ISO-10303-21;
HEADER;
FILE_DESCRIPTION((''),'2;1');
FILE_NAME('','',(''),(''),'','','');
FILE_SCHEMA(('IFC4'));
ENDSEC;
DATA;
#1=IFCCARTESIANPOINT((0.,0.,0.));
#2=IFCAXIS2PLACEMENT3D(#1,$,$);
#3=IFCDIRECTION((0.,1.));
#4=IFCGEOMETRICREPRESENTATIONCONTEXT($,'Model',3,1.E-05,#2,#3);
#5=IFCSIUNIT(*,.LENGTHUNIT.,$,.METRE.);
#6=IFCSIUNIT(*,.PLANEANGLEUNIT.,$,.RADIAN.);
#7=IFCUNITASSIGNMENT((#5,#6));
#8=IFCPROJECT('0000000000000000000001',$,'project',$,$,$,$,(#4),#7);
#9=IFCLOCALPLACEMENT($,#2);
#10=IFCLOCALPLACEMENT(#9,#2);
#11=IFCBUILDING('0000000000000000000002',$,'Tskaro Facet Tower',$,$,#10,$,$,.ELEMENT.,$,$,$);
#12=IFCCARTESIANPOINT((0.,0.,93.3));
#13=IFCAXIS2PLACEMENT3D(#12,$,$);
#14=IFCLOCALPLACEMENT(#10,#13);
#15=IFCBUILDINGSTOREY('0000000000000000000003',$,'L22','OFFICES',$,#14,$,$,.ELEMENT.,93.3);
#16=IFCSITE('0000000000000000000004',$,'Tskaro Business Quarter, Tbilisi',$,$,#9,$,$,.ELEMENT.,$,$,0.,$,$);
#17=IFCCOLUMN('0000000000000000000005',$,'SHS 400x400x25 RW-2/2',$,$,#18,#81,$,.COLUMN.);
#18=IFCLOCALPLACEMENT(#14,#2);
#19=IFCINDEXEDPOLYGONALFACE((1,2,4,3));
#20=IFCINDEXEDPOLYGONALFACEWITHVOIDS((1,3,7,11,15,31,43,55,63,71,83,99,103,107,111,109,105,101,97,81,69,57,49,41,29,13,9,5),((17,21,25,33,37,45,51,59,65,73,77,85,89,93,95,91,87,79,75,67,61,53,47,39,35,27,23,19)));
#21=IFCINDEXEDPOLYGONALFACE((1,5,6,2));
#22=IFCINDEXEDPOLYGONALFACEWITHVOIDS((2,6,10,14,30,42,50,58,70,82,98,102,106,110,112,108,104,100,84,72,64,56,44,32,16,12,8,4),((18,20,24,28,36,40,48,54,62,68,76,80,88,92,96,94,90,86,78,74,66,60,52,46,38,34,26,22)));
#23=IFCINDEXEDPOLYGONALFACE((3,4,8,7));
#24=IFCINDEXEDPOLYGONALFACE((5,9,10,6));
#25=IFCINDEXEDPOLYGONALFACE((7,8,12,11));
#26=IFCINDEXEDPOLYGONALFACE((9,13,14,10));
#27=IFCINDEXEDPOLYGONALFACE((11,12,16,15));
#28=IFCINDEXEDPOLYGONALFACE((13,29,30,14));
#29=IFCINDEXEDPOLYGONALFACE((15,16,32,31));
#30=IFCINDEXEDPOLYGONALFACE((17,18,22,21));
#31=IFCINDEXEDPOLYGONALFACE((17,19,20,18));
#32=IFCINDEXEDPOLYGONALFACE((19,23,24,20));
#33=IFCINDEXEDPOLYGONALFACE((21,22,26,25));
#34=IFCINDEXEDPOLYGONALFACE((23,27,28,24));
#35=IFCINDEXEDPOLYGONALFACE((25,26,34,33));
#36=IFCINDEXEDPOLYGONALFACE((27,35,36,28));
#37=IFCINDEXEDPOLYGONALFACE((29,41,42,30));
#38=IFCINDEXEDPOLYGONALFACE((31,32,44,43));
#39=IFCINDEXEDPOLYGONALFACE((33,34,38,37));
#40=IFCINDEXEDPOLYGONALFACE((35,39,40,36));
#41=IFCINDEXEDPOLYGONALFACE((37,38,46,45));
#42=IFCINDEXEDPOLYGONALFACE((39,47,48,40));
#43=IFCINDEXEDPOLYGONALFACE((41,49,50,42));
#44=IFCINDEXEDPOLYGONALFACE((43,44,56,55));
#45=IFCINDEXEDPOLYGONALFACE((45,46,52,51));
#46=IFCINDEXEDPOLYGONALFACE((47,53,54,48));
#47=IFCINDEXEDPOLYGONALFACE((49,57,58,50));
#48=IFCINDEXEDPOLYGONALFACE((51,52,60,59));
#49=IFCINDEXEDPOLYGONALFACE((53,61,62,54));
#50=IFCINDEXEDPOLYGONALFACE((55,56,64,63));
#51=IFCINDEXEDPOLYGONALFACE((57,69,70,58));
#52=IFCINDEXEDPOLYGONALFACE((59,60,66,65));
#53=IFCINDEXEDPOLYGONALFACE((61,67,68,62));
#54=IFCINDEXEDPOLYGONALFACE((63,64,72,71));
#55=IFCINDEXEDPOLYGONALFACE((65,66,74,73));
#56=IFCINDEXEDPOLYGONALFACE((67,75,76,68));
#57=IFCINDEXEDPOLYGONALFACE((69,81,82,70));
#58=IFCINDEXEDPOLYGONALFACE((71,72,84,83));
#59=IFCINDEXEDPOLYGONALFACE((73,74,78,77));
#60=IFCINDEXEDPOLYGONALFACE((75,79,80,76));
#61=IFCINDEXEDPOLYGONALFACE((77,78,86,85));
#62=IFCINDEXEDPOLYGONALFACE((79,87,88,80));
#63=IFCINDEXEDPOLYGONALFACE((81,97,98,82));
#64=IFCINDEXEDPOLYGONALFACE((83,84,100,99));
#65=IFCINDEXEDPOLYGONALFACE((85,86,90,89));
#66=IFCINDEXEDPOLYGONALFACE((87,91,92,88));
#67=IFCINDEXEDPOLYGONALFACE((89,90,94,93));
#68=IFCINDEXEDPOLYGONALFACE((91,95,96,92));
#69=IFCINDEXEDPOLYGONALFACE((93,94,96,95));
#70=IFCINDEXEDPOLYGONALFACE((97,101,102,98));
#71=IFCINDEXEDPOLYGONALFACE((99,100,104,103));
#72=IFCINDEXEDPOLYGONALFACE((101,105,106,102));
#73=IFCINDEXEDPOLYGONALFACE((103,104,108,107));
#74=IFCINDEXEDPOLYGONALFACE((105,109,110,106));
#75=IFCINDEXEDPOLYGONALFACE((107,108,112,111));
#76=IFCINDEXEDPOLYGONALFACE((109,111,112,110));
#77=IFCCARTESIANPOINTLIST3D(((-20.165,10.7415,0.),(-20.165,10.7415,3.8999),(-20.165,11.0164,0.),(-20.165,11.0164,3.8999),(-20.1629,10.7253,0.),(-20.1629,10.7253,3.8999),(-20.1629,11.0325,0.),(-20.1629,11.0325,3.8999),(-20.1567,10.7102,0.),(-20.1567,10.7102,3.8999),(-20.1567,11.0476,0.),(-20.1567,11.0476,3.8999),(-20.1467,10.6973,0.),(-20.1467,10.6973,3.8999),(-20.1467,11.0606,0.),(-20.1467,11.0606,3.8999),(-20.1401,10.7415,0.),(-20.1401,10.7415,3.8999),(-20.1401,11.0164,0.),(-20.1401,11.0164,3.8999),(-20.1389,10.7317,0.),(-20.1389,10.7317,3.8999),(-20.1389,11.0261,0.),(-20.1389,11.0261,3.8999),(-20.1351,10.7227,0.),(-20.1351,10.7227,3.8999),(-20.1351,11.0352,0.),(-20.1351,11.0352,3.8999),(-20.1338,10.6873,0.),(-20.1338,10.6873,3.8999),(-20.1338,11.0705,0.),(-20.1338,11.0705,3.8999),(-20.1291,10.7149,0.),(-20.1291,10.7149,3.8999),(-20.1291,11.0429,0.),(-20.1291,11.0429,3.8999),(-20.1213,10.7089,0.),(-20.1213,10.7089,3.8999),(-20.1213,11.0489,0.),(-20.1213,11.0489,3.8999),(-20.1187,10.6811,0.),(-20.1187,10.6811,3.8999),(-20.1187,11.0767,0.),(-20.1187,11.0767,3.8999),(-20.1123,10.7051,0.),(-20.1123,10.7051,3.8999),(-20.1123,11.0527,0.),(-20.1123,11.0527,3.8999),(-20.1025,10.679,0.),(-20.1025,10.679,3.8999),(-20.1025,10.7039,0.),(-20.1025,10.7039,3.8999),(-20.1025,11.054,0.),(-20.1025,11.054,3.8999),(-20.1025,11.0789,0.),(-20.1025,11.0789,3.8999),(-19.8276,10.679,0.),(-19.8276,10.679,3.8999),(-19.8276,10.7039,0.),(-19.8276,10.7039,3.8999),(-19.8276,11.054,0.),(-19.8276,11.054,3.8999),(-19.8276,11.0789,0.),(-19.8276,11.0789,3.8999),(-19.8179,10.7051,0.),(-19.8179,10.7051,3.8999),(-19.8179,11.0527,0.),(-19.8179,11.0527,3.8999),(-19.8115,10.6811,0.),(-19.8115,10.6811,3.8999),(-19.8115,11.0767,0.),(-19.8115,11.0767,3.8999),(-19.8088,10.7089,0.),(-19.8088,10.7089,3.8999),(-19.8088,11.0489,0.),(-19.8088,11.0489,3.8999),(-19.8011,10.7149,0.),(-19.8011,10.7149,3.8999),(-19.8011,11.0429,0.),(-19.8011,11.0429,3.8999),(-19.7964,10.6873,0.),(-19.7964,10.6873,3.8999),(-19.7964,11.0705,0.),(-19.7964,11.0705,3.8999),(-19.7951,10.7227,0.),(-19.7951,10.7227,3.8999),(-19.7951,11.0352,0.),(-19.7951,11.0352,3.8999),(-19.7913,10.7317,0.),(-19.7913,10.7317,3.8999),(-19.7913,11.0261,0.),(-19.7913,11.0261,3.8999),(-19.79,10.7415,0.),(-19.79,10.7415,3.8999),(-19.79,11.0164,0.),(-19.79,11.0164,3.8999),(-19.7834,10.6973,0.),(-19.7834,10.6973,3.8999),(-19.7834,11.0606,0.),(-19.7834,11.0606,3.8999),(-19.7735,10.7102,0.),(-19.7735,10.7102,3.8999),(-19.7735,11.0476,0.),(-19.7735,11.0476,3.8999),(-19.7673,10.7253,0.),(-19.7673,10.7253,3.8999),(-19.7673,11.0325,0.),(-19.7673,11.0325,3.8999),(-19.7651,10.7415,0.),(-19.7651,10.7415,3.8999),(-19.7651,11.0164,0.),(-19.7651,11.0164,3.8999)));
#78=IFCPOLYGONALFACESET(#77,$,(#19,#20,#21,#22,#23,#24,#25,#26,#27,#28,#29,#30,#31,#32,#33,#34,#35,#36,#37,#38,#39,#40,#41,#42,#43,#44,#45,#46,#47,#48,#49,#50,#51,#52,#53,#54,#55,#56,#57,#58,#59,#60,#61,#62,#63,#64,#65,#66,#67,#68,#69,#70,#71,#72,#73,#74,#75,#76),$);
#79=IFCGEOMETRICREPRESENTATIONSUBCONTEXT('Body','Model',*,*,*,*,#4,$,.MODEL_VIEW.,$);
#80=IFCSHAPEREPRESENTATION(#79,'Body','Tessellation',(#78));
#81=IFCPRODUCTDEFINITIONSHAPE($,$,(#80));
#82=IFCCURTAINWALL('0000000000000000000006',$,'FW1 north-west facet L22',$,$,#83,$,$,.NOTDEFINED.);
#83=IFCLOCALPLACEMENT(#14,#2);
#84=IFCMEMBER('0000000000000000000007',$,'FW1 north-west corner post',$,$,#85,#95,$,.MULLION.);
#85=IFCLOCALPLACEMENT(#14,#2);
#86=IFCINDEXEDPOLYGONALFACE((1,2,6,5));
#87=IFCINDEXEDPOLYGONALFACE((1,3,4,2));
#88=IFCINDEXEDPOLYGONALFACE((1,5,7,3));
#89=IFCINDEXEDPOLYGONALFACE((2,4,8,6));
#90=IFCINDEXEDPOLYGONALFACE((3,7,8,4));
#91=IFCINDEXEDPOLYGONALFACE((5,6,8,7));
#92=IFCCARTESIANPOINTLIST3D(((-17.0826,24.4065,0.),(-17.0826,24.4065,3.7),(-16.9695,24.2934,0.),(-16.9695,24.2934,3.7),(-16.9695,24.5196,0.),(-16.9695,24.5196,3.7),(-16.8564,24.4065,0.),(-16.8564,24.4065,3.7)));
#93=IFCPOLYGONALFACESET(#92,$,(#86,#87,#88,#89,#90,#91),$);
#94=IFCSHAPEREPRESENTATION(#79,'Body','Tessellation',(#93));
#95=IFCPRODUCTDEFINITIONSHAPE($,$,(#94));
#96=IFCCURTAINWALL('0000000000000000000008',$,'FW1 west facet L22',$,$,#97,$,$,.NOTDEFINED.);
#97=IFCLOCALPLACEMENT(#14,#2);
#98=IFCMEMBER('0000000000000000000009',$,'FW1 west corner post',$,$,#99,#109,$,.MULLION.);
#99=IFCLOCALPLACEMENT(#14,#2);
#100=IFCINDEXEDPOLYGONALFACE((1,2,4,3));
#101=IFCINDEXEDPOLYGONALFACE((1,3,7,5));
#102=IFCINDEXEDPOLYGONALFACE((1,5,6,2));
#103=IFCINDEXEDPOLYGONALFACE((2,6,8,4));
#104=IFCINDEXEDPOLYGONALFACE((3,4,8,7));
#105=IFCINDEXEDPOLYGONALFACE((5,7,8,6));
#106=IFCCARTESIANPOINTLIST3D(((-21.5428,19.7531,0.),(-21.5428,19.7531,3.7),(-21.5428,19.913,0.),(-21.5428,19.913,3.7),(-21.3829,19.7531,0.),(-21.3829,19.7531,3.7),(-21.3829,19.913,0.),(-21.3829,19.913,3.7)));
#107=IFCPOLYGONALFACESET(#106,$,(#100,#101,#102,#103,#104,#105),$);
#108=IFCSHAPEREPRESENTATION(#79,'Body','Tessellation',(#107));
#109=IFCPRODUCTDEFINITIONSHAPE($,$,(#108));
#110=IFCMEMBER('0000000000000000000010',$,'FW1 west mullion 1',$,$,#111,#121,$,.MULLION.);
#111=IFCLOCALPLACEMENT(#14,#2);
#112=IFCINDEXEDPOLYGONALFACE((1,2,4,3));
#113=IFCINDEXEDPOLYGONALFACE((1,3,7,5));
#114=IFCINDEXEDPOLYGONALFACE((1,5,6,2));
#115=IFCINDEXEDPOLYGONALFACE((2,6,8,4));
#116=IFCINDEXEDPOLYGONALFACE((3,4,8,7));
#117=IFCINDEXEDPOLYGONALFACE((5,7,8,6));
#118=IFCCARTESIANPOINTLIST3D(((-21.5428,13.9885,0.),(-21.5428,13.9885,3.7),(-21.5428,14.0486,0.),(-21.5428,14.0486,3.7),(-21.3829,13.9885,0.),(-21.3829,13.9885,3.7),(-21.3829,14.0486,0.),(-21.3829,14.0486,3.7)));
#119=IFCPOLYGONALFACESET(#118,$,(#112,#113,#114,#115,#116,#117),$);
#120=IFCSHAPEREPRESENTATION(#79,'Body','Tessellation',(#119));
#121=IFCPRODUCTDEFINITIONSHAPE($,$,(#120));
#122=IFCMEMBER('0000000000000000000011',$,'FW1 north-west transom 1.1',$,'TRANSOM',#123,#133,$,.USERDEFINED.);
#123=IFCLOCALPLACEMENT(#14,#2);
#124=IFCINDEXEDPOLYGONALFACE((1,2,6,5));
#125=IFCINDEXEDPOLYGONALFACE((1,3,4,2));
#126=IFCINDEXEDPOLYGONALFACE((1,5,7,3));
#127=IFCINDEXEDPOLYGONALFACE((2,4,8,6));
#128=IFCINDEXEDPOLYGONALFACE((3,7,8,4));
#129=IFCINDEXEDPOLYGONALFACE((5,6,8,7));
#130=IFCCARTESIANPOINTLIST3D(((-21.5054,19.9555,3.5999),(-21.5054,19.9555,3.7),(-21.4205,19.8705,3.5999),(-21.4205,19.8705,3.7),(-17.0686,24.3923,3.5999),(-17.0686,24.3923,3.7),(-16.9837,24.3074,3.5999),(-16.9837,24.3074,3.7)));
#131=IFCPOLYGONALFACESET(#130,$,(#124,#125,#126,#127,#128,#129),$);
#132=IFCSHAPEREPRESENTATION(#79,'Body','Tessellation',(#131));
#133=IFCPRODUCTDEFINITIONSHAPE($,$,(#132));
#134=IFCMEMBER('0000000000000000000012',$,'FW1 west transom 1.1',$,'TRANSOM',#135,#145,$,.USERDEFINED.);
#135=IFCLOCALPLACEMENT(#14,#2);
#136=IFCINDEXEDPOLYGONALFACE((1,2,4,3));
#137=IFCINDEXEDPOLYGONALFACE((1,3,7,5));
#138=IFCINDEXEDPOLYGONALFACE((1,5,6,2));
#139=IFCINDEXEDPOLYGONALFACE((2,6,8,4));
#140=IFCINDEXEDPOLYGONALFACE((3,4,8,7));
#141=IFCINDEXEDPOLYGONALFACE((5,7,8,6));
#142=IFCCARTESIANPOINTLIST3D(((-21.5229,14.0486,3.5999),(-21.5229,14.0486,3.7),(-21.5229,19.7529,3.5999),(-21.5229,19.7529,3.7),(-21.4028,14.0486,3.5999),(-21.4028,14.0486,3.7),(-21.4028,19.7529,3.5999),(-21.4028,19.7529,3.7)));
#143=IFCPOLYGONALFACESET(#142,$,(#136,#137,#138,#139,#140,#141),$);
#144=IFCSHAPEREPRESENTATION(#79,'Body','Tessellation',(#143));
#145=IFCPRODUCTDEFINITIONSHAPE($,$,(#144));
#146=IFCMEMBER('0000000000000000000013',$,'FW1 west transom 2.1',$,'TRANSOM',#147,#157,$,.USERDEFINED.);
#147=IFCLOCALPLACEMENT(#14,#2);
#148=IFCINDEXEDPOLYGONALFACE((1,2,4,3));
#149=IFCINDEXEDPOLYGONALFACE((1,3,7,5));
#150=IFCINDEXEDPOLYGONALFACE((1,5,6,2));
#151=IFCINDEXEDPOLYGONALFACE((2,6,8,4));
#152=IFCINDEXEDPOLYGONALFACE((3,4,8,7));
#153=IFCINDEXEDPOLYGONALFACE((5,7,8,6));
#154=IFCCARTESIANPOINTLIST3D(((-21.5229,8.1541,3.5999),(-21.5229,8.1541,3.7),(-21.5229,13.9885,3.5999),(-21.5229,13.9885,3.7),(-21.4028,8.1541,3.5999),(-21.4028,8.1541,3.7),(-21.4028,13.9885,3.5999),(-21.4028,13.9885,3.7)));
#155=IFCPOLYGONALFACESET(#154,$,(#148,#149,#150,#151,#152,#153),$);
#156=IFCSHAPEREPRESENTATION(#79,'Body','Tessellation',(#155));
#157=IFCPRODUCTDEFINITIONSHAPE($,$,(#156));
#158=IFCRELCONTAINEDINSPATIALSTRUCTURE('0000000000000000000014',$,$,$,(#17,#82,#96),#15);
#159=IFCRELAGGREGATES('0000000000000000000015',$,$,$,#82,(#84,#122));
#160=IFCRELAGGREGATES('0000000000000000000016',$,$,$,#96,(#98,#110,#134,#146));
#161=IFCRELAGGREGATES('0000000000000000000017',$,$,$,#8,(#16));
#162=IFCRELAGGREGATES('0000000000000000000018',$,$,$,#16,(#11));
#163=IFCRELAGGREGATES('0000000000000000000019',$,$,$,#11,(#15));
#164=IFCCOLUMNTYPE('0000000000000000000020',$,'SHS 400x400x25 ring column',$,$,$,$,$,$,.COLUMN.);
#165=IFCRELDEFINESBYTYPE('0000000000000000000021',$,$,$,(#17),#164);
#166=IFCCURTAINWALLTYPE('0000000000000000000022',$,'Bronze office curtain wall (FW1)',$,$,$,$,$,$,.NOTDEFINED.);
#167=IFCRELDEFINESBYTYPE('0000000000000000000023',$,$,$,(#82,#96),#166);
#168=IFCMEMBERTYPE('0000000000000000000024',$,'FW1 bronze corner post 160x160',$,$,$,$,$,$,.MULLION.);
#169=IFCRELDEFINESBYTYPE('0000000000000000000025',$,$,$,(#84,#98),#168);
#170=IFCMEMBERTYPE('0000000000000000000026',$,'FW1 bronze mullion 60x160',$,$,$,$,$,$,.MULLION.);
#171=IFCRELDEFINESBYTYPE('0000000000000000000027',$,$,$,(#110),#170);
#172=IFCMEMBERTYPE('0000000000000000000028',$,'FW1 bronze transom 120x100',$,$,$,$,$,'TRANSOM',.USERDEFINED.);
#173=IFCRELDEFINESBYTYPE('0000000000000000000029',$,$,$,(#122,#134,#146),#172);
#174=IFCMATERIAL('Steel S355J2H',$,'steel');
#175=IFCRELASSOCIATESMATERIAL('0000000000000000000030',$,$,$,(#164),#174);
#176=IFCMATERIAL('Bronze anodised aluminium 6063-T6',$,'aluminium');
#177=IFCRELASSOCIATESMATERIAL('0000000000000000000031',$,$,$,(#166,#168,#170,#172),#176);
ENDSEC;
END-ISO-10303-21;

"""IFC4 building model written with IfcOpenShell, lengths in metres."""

from ifc_helpers import new_model, si_unit, direction, frame, origin, origin_2d, place, context, subcontext, project, spatial, rectangle, hollow_rectangle, extrude, material, material_profile, profile_set, type_object, element, aggregate, save


model = new_model("IFC4")

# Units and contexts
model_context = context("Model", 3, precision=1e-05, world=origin(), true_north=direction((0.0, 1.0)))
body_context = subcontext(model_context, "Body", "Model", "MODEL_VIEW")
ifc_project = project(units=[si_unit("LENGTHUNIT", "METRE"), si_unit("PLANEANGLEUNIT", "RADIAN")], contexts=[model_context])

# Site, building, storey
site_placement = place(None, origin())
site = spatial("IfcSite", under=ifc_project, at=site_placement, Name="Tskaro Business Quarter, Tbilisi", CompositionType="ELEMENT", RefElevation=0.0)
building_placement = place(site_placement, origin())
building = spatial("IfcBuilding", under=site, at=building_placement, Name="Tskaro Facet Tower", CompositionType="ELEMENT")
storey_placement = place(building_placement, frame((0.0, 0.0, 93.3)))
storey = spatial("IfcBuildingStorey", under=building, at=storey_placement, Name="L22", Description="OFFICES", CompositionType="ELEMENT", Elevation=93.3)

# Column
ifc_material_1 = material(Name="Steel S355J2H", Category="steel")
ifc_material_profile_1 = material_profile(ifc_material_1, hollow_rectangle(XDim=0.3999, YDim=0.3999, WallThickness=0.0249, InnerFilletRadius=0.0376, OuterFilletRadius=0.0625, at=origin_2d()), Name="SHS 400x400x25")
ifc_profile_set_1 = profile_set([ifc_material_profile_1], Name="Steel S355J2H")
column_type_1 = type_object("IfcColumnType", Name="SHS 400x400x25 ring column", PredefinedType="COLUMN", material=ifc_profile_set_1)
for number, where, z_axis, x_axis, name in (
    (1, (-19.9651, 10.8789, 0.0), (0.0, 0.0, 1.0), (1.0, 0.0, 0.0), "SHS 400x400x25 RW-2/2"),
):
    element("IfcColumn", number, at=place(storey_placement, frame(where, z_axis=z_axis, x_axis=x_axis)), inside=storey, type_object=column_type_1, Name=name, PredefinedType="COLUMN", context=body_context, shape_type="SweptSolid", body=[
        extrude(hollow_rectangle(XDim=0.3999, YDim=0.3999, WallThickness=0.0249, InnerFilletRadius=0.0376, OuterFilletRadius=0.0625, at=origin_2d()), origin(), (0.0, 0.0, 1.0), 3.8999),
    ])

# Curtain wall, member
ifc_material_2 = material(Name="Bronze anodised aluminium 6063-T6", Category="aluminium")
curtain_wall_type = type_object("IfcCurtainWallType", Name="Bronze office curtain wall (FW1)", PredefinedType="NOTDEFINED", material=ifc_material_2)
curtain_wall_1_placement = place(storey_placement, origin())
curtain_wall_1 = element("IfcCurtainWall", 2, at=curtain_wall_1_placement, inside=storey, type_object=curtain_wall_type, Name="FW1 north-west facet L22", PredefinedType="NOTDEFINED")
ifc_material_profile_2 = material_profile(ifc_material_2, rectangle(XDim=0.1599, YDim=0.1599, at=origin_2d()), Name="Corner post 160x160")
ifc_profile_set_2 = profile_set([ifc_material_profile_2], Name="Bronze anodised aluminium 6063-T6")
member_type_1 = type_object("IfcMemberType", Name="FW1 bronze corner post 160x160", PredefinedType="MULLION", material=ifc_profile_set_2)
member_1_placement = place(storey_placement, frame((-16.9695, 24.4065, 0.0), z_axis=(0.0, 0.0, 1.0), x_axis=(-0.707107, -0.707107, 0.0)))
member_1 = element("IfcMember", 3, at=member_1_placement, type_object=member_type_1, Name="FW1 north-west corner post", PredefinedType="MULLION", context=body_context, shape_type="SweptSolid", body=[
    extrude(rectangle(XDim=0.1599, YDim=0.1599, at=origin_2d()), origin(), (0.0, 0.0, 1.0), 3.7),
])

# Curtain wall, members
curtain_wall_2_placement = place(storey_placement, origin())
curtain_wall_2 = element("IfcCurtainWall", 4, at=curtain_wall_2_placement, inside=storey, type_object=curtain_wall_type, Name="FW1 west facet L22", PredefinedType="NOTDEFINED")
member_2_placement = place(storey_placement, frame((-21.4629, 19.833, 0.0), z_axis=(0.0, 0.0, 1.0), x_axis=(0.0, -1.0, 0.0)))
member_2 = element("IfcMember", 5, at=member_2_placement, type_object=member_type_1, Name="FW1 west corner post", PredefinedType="MULLION", context=body_context, shape_type="SweptSolid", body=[
    extrude(rectangle(XDim=0.1599, YDim=0.1599, at=origin_2d()), origin(), (0.0, 0.0, 1.0), 3.7),
])
ifc_material_profile_3 = material_profile(ifc_material_2, rectangle(XDim=0.0601, YDim=0.1599, at=origin_2d()), Name="Mullion 60x160")
ifc_profile_set_3 = profile_set([ifc_material_profile_3], Name="Bronze anodised aluminium 6063-T6")
member_type_2 = type_object("IfcMemberType", Name="FW1 bronze mullion 60x160", PredefinedType="MULLION", material=ifc_profile_set_3)
member_3_placement = place(storey_placement, frame((-21.4629, 14.0186, 0.0), z_axis=(0.0, 0.0, 1.0), x_axis=(0.0, -1.0, 0.0)))
member_3 = element("IfcMember", 6, at=member_3_placement, type_object=member_type_2, Name="FW1 west mullion 1", PredefinedType="MULLION", context=body_context, shape_type="SweptSolid", body=[
    extrude(rectangle(XDim=0.0601, YDim=0.1599, at=origin_2d()), origin(), (0.0, 0.0, 1.0), 3.7),
])

# Members
ifc_material_profile_4 = material_profile(ifc_material_2, rectangle(XDim=0.1201, YDim=0.1001, at=origin_2d()), Name="Transom 120x100")
ifc_profile_set_4 = profile_set([ifc_material_profile_4], Name="Bronze anodised aluminium 6063-T6")
member_type_3 = type_object("IfcMemberType", Name="FW1 bronze transom 120x100", ElementType="TRANSOM", PredefinedType="USERDEFINED", material=ifc_profile_set_4)
member_4_placement = place(storey_placement, frame((-17.0261, 24.3499, 3.6499), z_axis=(-0.707107, -0.707107, 0.0), x_axis=(0.707107, -0.707107, 0.0)))
member_4 = element("IfcMember", 7, at=member_4_placement, type_object=member_type_3, Name="FW1 north-west transom 1.1", ObjectType="TRANSOM", PredefinedType="USERDEFINED", context=body_context, shape_type="SweptSolid", body=[
    extrude(rectangle(XDim=0.1201, YDim=0.1001, at=origin_2d()), origin(), (0.0, 0.0, 1.0), 6.2747),
])
member_5_placement = place(storey_placement, frame((-21.4629, 19.7529, 3.6499), z_axis=(0.0, -1.0, 0.0), x_axis=(1.0, 0.0, 0.0)))
member_5 = element("IfcMember", 8, at=member_5_placement, type_object=member_type_3, Name="FW1 west transom 1.1", ObjectType="TRANSOM", PredefinedType="USERDEFINED", context=body_context, shape_type="SweptSolid", body=[
    extrude(rectangle(XDim=0.1201, YDim=0.1001, at=origin_2d()), origin(), (0.0, 0.0, 1.0), 5.7043),
])
member_6_placement = place(storey_placement, frame((-21.4629, 13.9885, 3.6499), z_axis=(0.0, -1.0, 0.0), x_axis=(1.0, 0.0, 0.0)))
member_6 = element("IfcMember", 9, at=member_6_placement, type_object=member_type_3, Name="FW1 west transom 2.1", ObjectType="TRANSOM", PredefinedType="USERDEFINED", context=body_context, shape_type="SweptSolid", body=[
    extrude(rectangle(XDim=0.1201, YDim=0.1001, at=origin_2d()), origin(), (0.0, 0.0, 1.0), 5.8345),
])

aggregate(curtain_wall_1, [member_1, member_4])
aggregate(curtain_wall_2, [member_2, member_3, member_5, member_6])

save(model, "model.ifc")
